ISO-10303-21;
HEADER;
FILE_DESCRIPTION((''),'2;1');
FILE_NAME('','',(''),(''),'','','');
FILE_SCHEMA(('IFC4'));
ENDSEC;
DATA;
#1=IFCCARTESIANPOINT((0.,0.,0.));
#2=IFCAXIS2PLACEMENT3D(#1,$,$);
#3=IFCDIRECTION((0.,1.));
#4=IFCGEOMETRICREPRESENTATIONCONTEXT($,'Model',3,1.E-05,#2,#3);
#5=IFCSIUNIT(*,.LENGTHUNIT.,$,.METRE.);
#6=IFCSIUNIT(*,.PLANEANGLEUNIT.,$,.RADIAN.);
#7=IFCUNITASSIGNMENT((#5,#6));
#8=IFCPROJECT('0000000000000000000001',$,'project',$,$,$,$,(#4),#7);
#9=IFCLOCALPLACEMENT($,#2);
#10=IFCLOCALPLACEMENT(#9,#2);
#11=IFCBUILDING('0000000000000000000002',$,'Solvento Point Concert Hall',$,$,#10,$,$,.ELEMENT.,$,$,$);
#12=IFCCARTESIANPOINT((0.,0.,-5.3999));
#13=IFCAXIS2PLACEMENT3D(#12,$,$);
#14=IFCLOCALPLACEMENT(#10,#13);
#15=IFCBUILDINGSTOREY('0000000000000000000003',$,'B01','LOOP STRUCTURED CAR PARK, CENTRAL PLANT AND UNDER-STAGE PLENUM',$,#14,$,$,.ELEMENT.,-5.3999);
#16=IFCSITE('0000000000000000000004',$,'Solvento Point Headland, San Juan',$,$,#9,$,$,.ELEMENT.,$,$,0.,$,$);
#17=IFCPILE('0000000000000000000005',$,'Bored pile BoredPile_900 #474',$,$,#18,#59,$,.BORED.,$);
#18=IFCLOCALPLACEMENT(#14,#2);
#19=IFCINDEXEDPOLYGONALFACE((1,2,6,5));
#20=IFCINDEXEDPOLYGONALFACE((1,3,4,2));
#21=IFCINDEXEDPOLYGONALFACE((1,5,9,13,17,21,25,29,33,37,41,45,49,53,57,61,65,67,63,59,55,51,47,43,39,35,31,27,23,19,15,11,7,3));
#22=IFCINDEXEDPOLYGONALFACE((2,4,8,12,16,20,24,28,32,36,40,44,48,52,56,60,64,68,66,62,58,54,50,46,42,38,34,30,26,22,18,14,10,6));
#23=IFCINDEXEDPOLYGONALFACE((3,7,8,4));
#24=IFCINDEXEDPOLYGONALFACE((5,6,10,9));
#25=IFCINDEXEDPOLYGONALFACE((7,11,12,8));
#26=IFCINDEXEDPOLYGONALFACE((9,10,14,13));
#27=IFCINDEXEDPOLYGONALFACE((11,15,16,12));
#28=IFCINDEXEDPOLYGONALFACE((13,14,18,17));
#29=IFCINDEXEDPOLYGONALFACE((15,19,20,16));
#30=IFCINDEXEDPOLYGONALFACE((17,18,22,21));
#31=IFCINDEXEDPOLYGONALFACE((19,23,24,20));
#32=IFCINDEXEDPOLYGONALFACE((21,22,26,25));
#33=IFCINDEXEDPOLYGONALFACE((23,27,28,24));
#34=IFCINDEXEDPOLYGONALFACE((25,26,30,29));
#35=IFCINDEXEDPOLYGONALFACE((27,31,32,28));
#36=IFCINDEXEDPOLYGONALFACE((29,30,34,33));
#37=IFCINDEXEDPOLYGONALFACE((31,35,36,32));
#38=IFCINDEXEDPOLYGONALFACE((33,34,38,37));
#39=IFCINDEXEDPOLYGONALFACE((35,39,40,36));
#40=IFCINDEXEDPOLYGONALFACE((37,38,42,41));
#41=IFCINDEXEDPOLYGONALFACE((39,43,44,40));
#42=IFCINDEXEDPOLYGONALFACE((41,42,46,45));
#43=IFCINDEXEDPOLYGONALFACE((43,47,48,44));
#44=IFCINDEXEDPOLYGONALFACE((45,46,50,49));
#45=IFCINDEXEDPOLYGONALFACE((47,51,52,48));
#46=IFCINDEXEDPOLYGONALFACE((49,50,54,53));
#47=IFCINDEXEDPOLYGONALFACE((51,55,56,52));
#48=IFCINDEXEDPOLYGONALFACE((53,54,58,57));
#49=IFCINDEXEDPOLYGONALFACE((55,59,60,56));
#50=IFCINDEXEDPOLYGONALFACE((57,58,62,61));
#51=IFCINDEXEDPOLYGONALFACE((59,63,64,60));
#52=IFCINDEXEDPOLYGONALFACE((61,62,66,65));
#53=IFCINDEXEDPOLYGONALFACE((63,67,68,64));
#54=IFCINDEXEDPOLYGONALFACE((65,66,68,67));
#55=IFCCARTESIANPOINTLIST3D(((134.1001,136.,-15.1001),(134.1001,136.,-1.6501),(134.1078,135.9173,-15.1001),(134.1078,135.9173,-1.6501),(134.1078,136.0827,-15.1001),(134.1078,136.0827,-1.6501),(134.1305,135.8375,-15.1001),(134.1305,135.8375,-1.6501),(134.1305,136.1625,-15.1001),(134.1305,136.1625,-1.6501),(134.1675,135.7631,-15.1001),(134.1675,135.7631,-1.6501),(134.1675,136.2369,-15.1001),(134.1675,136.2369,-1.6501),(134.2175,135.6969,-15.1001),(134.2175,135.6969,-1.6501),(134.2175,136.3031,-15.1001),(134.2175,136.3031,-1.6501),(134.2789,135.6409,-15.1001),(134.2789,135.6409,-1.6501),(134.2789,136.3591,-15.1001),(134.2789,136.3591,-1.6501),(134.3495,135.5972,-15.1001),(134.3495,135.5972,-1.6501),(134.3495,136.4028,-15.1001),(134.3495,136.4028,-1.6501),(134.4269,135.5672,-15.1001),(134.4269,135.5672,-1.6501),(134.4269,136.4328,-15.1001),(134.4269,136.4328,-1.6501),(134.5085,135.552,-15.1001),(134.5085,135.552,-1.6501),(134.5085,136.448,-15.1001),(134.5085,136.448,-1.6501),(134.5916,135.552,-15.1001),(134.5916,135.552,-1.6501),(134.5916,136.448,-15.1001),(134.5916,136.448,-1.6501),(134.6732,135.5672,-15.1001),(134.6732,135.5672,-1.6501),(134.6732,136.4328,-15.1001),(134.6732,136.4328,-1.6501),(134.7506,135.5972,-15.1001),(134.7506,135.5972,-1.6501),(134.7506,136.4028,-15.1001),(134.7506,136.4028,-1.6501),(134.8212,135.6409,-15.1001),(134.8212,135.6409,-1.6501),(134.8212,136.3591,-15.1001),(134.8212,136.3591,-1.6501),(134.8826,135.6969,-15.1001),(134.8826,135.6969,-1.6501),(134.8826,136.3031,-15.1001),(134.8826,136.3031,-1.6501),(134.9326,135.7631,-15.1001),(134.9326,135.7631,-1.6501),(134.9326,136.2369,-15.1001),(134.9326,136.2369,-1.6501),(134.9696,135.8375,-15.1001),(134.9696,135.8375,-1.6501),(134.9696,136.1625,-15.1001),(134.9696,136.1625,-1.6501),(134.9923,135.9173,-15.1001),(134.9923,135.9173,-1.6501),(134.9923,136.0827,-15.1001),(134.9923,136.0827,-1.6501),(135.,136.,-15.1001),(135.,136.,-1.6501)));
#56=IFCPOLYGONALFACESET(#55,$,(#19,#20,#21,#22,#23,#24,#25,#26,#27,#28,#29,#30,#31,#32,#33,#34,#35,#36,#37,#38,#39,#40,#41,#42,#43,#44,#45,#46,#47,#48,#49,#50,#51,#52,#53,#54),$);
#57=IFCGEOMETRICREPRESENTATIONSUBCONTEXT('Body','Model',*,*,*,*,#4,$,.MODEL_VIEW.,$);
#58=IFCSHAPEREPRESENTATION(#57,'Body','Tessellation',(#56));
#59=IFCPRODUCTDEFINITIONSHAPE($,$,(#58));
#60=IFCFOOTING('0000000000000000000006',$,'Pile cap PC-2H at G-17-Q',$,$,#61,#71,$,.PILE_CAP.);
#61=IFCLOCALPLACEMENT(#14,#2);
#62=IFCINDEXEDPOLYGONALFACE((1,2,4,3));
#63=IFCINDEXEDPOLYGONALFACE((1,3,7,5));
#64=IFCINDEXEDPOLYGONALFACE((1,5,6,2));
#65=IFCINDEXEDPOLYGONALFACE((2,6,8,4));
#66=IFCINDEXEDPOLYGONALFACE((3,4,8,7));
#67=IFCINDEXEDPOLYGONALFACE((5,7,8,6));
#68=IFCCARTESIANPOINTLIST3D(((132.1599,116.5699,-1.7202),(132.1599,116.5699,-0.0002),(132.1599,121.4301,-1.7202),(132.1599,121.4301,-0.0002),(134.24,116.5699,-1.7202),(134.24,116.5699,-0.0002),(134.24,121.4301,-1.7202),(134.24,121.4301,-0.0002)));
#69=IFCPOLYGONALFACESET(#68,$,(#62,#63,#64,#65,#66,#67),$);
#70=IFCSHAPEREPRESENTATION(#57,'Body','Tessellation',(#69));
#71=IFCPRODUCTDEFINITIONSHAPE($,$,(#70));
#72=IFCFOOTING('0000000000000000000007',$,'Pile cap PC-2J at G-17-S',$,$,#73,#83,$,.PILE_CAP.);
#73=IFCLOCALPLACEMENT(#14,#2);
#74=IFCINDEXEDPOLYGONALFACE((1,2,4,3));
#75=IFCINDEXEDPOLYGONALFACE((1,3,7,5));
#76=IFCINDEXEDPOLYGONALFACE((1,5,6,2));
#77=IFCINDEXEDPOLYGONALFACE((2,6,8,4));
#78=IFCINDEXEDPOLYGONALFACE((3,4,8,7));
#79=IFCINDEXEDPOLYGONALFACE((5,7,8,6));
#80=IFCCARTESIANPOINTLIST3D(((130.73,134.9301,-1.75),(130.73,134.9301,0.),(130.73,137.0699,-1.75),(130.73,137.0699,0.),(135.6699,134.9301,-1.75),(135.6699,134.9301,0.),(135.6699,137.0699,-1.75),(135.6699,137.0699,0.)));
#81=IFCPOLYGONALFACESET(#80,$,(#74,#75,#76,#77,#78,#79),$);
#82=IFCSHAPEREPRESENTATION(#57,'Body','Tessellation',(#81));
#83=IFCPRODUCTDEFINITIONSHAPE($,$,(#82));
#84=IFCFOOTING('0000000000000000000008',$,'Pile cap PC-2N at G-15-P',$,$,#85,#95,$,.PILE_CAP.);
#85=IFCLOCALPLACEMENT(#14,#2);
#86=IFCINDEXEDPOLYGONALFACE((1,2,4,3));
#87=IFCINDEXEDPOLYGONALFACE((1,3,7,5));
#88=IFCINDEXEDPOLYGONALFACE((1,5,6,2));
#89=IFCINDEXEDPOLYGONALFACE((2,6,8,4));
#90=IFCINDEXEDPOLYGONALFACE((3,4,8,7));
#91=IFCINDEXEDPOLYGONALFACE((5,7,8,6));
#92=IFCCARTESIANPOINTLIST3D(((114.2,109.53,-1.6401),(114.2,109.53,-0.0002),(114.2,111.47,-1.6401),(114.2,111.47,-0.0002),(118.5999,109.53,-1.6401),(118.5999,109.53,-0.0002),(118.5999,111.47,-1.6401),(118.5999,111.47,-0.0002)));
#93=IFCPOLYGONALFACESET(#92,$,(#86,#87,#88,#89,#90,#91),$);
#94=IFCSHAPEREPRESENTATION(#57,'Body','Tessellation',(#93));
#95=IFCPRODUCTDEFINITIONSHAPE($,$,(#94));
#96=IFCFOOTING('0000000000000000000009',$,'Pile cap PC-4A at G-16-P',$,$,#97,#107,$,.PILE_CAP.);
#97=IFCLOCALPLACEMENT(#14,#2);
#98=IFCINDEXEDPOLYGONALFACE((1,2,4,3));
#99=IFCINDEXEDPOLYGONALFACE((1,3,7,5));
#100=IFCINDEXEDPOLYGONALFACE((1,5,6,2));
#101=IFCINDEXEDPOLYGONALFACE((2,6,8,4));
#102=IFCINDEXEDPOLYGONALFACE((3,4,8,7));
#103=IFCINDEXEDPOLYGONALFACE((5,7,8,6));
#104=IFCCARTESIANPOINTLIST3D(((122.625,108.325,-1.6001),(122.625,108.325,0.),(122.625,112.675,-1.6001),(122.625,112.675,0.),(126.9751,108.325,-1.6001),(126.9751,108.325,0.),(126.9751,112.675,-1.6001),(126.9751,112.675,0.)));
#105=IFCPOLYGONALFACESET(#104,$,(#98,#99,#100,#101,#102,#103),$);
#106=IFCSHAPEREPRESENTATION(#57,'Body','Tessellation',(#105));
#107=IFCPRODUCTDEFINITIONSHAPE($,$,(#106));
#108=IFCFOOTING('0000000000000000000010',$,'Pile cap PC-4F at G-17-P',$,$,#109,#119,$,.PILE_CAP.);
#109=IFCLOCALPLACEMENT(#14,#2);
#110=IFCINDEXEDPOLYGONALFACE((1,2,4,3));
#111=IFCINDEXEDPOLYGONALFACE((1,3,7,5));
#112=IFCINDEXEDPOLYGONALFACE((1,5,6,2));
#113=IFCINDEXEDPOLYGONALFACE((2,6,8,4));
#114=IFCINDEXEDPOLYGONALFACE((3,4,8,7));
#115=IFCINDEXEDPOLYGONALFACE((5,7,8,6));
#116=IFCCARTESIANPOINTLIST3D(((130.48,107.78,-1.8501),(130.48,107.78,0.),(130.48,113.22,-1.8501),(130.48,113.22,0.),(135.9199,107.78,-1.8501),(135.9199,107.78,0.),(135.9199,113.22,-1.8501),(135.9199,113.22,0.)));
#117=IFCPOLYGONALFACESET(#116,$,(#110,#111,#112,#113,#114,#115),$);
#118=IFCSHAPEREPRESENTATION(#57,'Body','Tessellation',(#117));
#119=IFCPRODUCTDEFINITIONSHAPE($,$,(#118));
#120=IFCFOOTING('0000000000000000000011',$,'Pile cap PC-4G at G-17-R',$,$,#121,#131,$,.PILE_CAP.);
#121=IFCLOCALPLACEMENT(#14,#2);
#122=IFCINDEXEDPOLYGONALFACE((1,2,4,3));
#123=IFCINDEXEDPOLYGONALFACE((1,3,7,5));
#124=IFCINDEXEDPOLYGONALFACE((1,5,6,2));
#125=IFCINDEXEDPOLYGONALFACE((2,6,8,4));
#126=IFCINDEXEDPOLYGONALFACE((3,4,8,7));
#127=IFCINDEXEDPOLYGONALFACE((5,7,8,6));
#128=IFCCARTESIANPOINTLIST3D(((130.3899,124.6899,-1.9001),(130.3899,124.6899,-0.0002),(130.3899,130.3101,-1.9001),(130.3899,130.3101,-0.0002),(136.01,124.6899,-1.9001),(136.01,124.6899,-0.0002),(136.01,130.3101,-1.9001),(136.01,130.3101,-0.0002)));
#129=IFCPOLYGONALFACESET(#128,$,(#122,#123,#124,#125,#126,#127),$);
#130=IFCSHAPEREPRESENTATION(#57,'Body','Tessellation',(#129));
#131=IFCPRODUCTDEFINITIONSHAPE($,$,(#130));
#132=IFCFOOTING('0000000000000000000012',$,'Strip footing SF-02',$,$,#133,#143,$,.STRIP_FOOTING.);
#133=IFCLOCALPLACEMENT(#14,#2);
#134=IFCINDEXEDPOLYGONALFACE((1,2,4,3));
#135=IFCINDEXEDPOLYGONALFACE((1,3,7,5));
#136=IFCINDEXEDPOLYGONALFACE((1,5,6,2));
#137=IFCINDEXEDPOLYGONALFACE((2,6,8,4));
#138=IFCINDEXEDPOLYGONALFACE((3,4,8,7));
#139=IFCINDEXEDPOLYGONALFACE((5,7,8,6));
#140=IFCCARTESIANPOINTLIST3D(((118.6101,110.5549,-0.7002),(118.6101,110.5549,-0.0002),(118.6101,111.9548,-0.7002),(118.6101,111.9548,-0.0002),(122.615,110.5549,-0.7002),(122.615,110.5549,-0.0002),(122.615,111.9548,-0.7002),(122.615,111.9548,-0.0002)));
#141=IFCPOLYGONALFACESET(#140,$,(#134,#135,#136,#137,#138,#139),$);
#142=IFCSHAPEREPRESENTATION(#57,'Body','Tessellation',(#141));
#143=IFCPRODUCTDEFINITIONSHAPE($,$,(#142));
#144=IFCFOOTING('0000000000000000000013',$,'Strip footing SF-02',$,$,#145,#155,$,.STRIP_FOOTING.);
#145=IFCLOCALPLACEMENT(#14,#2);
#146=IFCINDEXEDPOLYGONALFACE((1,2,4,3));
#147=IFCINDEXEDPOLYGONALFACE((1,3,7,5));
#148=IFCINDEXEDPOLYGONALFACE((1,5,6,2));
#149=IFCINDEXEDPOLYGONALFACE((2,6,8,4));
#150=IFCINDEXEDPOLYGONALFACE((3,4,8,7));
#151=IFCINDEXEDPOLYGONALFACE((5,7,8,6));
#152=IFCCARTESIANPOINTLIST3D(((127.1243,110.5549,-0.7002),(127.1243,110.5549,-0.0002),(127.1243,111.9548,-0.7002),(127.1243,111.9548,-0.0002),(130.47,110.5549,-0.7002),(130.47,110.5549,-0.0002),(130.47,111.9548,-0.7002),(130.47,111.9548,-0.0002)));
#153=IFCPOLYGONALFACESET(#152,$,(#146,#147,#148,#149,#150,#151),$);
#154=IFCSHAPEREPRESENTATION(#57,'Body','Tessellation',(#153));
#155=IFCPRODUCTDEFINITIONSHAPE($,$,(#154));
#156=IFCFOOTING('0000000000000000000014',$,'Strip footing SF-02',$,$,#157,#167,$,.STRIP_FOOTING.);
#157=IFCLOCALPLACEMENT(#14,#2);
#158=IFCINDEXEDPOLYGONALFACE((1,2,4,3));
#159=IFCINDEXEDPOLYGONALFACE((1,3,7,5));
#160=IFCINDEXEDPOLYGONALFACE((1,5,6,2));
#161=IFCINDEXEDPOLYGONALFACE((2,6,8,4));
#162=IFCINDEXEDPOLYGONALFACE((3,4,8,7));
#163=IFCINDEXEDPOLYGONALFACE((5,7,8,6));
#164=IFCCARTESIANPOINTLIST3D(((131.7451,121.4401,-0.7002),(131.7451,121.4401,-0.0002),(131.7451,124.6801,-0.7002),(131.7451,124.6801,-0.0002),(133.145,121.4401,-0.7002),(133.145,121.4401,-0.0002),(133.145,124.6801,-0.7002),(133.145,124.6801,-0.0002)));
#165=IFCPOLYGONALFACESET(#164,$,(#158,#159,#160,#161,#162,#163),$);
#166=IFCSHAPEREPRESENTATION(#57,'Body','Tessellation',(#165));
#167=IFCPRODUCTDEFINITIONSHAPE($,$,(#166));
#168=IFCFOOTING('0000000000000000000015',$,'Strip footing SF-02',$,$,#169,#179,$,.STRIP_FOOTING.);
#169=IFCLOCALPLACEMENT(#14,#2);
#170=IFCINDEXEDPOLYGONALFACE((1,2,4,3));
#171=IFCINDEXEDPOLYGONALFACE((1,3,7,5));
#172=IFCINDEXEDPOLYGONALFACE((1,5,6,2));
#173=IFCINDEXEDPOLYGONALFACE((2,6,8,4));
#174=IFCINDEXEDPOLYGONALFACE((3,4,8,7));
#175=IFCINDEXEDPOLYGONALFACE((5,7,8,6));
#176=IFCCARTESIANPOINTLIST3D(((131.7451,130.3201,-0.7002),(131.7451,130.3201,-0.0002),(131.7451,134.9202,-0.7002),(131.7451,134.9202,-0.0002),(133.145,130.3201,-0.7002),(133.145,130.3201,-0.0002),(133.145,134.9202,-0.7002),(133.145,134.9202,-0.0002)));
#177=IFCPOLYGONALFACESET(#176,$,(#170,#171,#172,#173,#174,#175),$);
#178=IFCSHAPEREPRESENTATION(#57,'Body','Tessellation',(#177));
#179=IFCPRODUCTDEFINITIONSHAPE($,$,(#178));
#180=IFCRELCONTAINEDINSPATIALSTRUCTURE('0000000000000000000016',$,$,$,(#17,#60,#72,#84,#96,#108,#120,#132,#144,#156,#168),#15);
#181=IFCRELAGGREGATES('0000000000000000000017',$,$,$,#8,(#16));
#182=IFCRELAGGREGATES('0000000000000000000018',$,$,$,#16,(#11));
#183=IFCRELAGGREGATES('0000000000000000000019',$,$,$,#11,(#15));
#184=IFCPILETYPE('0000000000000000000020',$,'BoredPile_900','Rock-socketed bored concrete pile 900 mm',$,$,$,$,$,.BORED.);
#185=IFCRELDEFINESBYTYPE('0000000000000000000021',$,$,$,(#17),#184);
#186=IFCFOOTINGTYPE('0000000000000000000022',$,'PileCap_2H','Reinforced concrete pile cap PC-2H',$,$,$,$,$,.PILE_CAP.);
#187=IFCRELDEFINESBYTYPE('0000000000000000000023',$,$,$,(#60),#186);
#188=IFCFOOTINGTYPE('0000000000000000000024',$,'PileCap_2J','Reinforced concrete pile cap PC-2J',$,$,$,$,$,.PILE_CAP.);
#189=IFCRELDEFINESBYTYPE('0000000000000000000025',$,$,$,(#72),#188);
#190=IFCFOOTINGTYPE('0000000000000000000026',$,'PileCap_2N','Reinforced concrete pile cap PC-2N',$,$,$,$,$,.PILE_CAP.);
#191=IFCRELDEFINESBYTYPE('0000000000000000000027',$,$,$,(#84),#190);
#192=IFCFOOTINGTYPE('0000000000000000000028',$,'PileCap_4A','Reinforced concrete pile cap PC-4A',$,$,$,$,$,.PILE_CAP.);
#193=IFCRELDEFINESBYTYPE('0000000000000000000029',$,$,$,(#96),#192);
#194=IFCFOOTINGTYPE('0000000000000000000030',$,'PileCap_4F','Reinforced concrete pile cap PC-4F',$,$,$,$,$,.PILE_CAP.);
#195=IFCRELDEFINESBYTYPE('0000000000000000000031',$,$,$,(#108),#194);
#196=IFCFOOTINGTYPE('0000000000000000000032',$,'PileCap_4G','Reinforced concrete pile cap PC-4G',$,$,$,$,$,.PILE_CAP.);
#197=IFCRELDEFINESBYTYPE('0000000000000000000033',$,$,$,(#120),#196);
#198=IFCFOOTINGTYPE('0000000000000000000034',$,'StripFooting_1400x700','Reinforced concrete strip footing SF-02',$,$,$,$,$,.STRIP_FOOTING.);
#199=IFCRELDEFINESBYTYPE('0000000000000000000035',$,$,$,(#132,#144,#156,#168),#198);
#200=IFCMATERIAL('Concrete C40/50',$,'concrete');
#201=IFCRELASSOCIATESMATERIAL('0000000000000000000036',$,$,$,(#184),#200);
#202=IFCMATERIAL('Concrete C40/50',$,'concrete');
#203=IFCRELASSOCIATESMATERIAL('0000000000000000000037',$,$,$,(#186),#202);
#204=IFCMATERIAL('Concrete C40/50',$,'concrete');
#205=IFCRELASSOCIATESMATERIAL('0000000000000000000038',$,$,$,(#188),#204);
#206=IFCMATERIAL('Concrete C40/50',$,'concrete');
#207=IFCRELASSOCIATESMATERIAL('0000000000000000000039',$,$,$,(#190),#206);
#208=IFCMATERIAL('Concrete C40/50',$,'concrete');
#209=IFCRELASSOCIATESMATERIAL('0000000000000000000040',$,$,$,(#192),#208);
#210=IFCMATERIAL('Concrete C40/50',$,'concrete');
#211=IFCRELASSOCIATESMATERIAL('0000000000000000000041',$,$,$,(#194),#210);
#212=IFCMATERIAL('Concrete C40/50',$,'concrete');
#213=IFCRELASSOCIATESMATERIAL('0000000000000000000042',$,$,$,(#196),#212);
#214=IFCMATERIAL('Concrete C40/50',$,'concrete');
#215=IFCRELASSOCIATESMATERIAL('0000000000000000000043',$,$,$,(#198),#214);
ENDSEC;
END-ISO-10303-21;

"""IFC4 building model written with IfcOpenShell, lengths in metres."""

from ifc_helpers import new_model, si_unit, direction, frame, origin, origin_2d, place, context, subcontext, project, spatial, rectangle, circle, extrude, material, material_profile, profile_set, type_object, element, save


model = new_model("IFC4")

# Units and contexts
model_context = context("Model", 3, precision=1e-05, world=origin(), true_north=direction((0.0, 1.0)))
body_context = subcontext(model_context, "Body", "Model", "MODEL_VIEW")
ifc_project = project(units=[si_unit("LENGTHUNIT", "METRE"), si_unit("PLANEANGLEUNIT", "RADIAN")], contexts=[model_context])

# Site, building, storey
site_placement = place(None, origin())
site = spatial("IfcSite", under=ifc_project, at=site_placement, Name="Solvento Point Headland, San Juan", CompositionType="ELEMENT", RefElevation=0.0)
building_placement = place(site_placement, origin())
building = spatial("IfcBuilding", under=site, at=building_placement, Name="Solvento Point Concert Hall", CompositionType="ELEMENT")
storey_placement = place(building_placement, frame((0.0, 0.0, -5.3999)))
storey = spatial("IfcBuildingStorey", under=building, at=storey_placement, Name="B01", Description="LOOP STRUCTURED CAR PARK, CENTRAL PLANT AND UNDER-STAGE PLENUM", CompositionType="ELEMENT", Elevation=-5.3999)

# Pile
ifc_material_1 = material(Name="Concrete C40/50", Category="concrete")
ifc_material_profile_1 = material_profile(ifc_material_1, circle(Radius=0.45, at=origin_2d()), Name="BP-900")
ifc_profile_set_1 = profile_set([ifc_material_profile_1], Name="Concrete C40/50")
pile_type_1 = type_object("IfcPileType", Name="BoredPile_900", Description="Rock-socketed bored concrete pile 900 mm", PredefinedType="BORED", material=ifc_profile_set_1)
for number, where, z_axis, x_axis, name in (
    (1, (134.55, 136.0, -1.6501), (0.0, 0.0, -1.0), (1.0, 0.0, 0.0), "Bored pile BoredPile_900 #474"),
):
    element("IfcPile", number, at=place(storey_placement, frame(where, z_axis=z_axis, x_axis=x_axis)), inside=storey, type_object=pile_type_1, Name=name, PredefinedType="BORED", context=body_context, shape_type="SweptSolid", body=[
        extrude(circle(Radius=0.45, at=origin_2d()), origin(), (0.0, 0.0, 1.0), 13.45),
    ])

# Footings
ifc_material_2 = material(Name="Concrete C40/50", Category="concrete")
footing_type_1 = type_object("IfcFootingType", Name="PileCap_2H", Description="Reinforced concrete pile cap PC-2H", PredefinedType="PILE_CAP", material=ifc_material_2)
footing_1_placement = place(storey_placement, frame((133.2, 119.0, -1.7202), z_axis=(0.0, 0.0, 1.0), x_axis=(1.0, 0.0, 0.0)))
element("IfcFooting", 2, at=footing_1_placement, inside=storey, type_object=footing_type_1, Name="Pile cap PC-2H at G-17-Q", PredefinedType="PILE_CAP", context=body_context, shape_type="SweptSolid", body=[
    extrude(rectangle(XDim=2.0801, YDim=4.8601, at=origin_2d()), origin(), (0.0, 0.0, 1.0), 1.72),
])
ifc_material_3 = material(Name="Concrete C40/50", Category="concrete")
footing_type_2 = type_object("IfcFootingType", Name="PileCap_2J", Description="Reinforced concrete pile cap PC-2J", PredefinedType="PILE_CAP", material=ifc_material_3)
footing_2_placement = place(storey_placement, frame((133.2, 136.0, -1.75), z_axis=(0.0, 0.0, 1.0), x_axis=(1.0, 0.0, 0.0)))
element("IfcFooting", 3, at=footing_2_placement, inside=storey, type_object=footing_type_2, Name="Pile cap PC-2J at G-17-S", PredefinedType="PILE_CAP", context=body_context, shape_type="SweptSolid", body=[
    extrude(rectangle(XDim=4.9399, YDim=2.1399, at=origin_2d()), origin(), (0.0, 0.0, 1.0), 1.75),
])
ifc_material_4 = material(Name="Concrete C40/50", Category="concrete")
footing_type_3 = type_object("IfcFootingType", Name="PileCap_2N", Description="Reinforced concrete pile cap PC-2N", PredefinedType="PILE_CAP", material=ifc_material_4)
footing_3_placement = place(storey_placement, frame((116.3999, 110.5, -1.6401), z_axis=(0.0, 0.0, 1.0), x_axis=(1.0, 0.0, 0.0)))
element("IfcFooting", 4, at=footing_3_placement, inside=storey, type_object=footing_type_3, Name="Pile cap PC-2N at G-15-P", PredefinedType="PILE_CAP", context=body_context, shape_type="SweptSolid", body=[
    extrude(rectangle(XDim=4.3999, YDim=1.9399, at=origin_2d()), origin(), (0.0, 0.0, 1.0), 1.6399),
])
ifc_material_5 = material(Name="Concrete C40/50", Category="concrete")
footing_type_4 = type_object("IfcFootingType", Name="PileCap_4A", Description="Reinforced concrete pile cap PC-4A", PredefinedType="PILE_CAP", material=ifc_material_5)
footing_4_placement = place(storey_placement, frame((124.8, 110.5, -1.6001), z_axis=(0.0, 0.0, 1.0), x_axis=(1.0, 0.0, 0.0)))
element("IfcFooting", 5, at=footing_4_placement, inside=storey, type_object=footing_type_4, Name="Pile cap PC-4A at G-16-P", PredefinedType="PILE_CAP", context=body_context, shape_type="SweptSolid", body=[
    extrude(rectangle(XDim=4.3501, YDim=4.3501, at=origin_2d()), origin(), (0.0, 0.0, 1.0), 1.6001),
])
ifc_material_6 = material(Name="Concrete C40/50", Category="concrete")
footing_type_5 = type_object("IfcFootingType", Name="PileCap_4F", Description="Reinforced concrete pile cap PC-4F", PredefinedType="PILE_CAP", material=ifc_material_6)
footing_5_placement = place(storey_placement, frame((133.2, 110.5, -1.8501), z_axis=(0.0, 0.0, 1.0), x_axis=(1.0, 0.0, 0.0)))
element("IfcFooting", 6, at=footing_5_placement, inside=storey, type_object=footing_type_5, Name="Pile cap PC-4F at G-17-P", PredefinedType="PILE_CAP", context=body_context, shape_type="SweptSolid", body=[
    extrude(rectangle(XDim=5.4399, YDim=5.4399, at=origin_2d()), origin(), (0.0, 0.0, 1.0), 1.8501),
])
ifc_material_7 = material(Name="Concrete C40/50", Category="concrete")
footing_type_6 = type_object("IfcFootingType", Name="PileCap_4G", Description="Reinforced concrete pile cap PC-4G", PredefinedType="PILE_CAP", material=ifc_material_7)
footing_6_placement = place(storey_placement, frame((133.2, 127.5, -1.9001), z_axis=(0.0, 0.0, 1.0), x_axis=(1.0, 0.0, 0.0)))
element("IfcFooting", 7, at=footing_6_placement, inside=storey, type_object=footing_type_6, Name="Pile cap PC-4G at G-17-R", PredefinedType="PILE_CAP", context=body_context, shape_type="SweptSolid", body=[
    extrude(rectangle(XDim=5.6201, YDim=5.6201, at=origin_2d()), origin(), (0.0, 0.0, 1.0), 1.8999),
])
ifc_material_8 = material(Name="Concrete C40/50", Category="concrete")
footing_type_7 = type_object("IfcFootingType", Name="StripFooting_1400x700", Description="Reinforced concrete strip footing SF-02", PredefinedType="STRIP_FOOTING", material=ifc_material_8)
footing_7_placement = place(storey_placement, frame((120.6125, 111.2549, -0.7002), z_axis=(0.0, 0.0, 1.0), x_axis=(1.0, 0.0, 0.0)))
element("IfcFooting", 8, at=footing_7_placement, inside=storey, type_object=footing_type_7, Name="Strip footing SF-02", PredefinedType="STRIP_FOOTING", context=body_context, shape_type="SweptSolid", body=[
    extrude(rectangle(XDim=4.0049, YDim=1.3999, at=origin_2d()), origin(), (0.0, 0.0, 1.0), 0.7),
])
footing_8_placement = place(storey_placement, frame((128.7971, 111.2549, -0.7002), z_axis=(0.0, 0.0, 1.0), x_axis=(1.0, 0.0, 0.0)))
element("IfcFooting", 9, at=footing_8_placement, inside=storey, type_object=footing_type_7, Name="Strip footing SF-02", PredefinedType="STRIP_FOOTING", context=body_context, shape_type="SweptSolid", body=[
    extrude(rectangle(XDim=3.3457, YDim=1.3999, at=origin_2d()), origin(), (0.0, 0.0, 1.0), 0.7),
])
footing_9_placement = place(storey_placement, frame((132.4451, 123.0601, -0.7002), z_axis=(0.0, 0.0, 1.0), x_axis=(0.0, 1.0, 0.0)))
element("IfcFooting", 10, at=footing_9_placement, inside=storey, type_object=footing_type_7, Name="Strip footing SF-02", PredefinedType="STRIP_FOOTING", context=body_context, shape_type="SweptSolid", body=[
    extrude(rectangle(XDim=3.24, YDim=1.3999, at=origin_2d()), origin(), (0.0, 0.0, 1.0), 0.7),
])
footing_10_placement = place(storey_placement, frame((132.4451, 132.6201, -0.7002), z_axis=(0.0, 0.0, 1.0), x_axis=(0.0, 1.0, 0.0)))
element("IfcFooting", 11, at=footing_10_placement, inside=storey, type_object=footing_type_7, Name="Strip footing SF-02", PredefinedType="STRIP_FOOTING", context=body_context, shape_type="SweptSolid", body=[
    extrude(rectangle(XDim=4.6001, YDim=1.3999, at=origin_2d()), origin(), (0.0, 0.0, 1.0), 0.7),
])

save(model, "model.ifc")
